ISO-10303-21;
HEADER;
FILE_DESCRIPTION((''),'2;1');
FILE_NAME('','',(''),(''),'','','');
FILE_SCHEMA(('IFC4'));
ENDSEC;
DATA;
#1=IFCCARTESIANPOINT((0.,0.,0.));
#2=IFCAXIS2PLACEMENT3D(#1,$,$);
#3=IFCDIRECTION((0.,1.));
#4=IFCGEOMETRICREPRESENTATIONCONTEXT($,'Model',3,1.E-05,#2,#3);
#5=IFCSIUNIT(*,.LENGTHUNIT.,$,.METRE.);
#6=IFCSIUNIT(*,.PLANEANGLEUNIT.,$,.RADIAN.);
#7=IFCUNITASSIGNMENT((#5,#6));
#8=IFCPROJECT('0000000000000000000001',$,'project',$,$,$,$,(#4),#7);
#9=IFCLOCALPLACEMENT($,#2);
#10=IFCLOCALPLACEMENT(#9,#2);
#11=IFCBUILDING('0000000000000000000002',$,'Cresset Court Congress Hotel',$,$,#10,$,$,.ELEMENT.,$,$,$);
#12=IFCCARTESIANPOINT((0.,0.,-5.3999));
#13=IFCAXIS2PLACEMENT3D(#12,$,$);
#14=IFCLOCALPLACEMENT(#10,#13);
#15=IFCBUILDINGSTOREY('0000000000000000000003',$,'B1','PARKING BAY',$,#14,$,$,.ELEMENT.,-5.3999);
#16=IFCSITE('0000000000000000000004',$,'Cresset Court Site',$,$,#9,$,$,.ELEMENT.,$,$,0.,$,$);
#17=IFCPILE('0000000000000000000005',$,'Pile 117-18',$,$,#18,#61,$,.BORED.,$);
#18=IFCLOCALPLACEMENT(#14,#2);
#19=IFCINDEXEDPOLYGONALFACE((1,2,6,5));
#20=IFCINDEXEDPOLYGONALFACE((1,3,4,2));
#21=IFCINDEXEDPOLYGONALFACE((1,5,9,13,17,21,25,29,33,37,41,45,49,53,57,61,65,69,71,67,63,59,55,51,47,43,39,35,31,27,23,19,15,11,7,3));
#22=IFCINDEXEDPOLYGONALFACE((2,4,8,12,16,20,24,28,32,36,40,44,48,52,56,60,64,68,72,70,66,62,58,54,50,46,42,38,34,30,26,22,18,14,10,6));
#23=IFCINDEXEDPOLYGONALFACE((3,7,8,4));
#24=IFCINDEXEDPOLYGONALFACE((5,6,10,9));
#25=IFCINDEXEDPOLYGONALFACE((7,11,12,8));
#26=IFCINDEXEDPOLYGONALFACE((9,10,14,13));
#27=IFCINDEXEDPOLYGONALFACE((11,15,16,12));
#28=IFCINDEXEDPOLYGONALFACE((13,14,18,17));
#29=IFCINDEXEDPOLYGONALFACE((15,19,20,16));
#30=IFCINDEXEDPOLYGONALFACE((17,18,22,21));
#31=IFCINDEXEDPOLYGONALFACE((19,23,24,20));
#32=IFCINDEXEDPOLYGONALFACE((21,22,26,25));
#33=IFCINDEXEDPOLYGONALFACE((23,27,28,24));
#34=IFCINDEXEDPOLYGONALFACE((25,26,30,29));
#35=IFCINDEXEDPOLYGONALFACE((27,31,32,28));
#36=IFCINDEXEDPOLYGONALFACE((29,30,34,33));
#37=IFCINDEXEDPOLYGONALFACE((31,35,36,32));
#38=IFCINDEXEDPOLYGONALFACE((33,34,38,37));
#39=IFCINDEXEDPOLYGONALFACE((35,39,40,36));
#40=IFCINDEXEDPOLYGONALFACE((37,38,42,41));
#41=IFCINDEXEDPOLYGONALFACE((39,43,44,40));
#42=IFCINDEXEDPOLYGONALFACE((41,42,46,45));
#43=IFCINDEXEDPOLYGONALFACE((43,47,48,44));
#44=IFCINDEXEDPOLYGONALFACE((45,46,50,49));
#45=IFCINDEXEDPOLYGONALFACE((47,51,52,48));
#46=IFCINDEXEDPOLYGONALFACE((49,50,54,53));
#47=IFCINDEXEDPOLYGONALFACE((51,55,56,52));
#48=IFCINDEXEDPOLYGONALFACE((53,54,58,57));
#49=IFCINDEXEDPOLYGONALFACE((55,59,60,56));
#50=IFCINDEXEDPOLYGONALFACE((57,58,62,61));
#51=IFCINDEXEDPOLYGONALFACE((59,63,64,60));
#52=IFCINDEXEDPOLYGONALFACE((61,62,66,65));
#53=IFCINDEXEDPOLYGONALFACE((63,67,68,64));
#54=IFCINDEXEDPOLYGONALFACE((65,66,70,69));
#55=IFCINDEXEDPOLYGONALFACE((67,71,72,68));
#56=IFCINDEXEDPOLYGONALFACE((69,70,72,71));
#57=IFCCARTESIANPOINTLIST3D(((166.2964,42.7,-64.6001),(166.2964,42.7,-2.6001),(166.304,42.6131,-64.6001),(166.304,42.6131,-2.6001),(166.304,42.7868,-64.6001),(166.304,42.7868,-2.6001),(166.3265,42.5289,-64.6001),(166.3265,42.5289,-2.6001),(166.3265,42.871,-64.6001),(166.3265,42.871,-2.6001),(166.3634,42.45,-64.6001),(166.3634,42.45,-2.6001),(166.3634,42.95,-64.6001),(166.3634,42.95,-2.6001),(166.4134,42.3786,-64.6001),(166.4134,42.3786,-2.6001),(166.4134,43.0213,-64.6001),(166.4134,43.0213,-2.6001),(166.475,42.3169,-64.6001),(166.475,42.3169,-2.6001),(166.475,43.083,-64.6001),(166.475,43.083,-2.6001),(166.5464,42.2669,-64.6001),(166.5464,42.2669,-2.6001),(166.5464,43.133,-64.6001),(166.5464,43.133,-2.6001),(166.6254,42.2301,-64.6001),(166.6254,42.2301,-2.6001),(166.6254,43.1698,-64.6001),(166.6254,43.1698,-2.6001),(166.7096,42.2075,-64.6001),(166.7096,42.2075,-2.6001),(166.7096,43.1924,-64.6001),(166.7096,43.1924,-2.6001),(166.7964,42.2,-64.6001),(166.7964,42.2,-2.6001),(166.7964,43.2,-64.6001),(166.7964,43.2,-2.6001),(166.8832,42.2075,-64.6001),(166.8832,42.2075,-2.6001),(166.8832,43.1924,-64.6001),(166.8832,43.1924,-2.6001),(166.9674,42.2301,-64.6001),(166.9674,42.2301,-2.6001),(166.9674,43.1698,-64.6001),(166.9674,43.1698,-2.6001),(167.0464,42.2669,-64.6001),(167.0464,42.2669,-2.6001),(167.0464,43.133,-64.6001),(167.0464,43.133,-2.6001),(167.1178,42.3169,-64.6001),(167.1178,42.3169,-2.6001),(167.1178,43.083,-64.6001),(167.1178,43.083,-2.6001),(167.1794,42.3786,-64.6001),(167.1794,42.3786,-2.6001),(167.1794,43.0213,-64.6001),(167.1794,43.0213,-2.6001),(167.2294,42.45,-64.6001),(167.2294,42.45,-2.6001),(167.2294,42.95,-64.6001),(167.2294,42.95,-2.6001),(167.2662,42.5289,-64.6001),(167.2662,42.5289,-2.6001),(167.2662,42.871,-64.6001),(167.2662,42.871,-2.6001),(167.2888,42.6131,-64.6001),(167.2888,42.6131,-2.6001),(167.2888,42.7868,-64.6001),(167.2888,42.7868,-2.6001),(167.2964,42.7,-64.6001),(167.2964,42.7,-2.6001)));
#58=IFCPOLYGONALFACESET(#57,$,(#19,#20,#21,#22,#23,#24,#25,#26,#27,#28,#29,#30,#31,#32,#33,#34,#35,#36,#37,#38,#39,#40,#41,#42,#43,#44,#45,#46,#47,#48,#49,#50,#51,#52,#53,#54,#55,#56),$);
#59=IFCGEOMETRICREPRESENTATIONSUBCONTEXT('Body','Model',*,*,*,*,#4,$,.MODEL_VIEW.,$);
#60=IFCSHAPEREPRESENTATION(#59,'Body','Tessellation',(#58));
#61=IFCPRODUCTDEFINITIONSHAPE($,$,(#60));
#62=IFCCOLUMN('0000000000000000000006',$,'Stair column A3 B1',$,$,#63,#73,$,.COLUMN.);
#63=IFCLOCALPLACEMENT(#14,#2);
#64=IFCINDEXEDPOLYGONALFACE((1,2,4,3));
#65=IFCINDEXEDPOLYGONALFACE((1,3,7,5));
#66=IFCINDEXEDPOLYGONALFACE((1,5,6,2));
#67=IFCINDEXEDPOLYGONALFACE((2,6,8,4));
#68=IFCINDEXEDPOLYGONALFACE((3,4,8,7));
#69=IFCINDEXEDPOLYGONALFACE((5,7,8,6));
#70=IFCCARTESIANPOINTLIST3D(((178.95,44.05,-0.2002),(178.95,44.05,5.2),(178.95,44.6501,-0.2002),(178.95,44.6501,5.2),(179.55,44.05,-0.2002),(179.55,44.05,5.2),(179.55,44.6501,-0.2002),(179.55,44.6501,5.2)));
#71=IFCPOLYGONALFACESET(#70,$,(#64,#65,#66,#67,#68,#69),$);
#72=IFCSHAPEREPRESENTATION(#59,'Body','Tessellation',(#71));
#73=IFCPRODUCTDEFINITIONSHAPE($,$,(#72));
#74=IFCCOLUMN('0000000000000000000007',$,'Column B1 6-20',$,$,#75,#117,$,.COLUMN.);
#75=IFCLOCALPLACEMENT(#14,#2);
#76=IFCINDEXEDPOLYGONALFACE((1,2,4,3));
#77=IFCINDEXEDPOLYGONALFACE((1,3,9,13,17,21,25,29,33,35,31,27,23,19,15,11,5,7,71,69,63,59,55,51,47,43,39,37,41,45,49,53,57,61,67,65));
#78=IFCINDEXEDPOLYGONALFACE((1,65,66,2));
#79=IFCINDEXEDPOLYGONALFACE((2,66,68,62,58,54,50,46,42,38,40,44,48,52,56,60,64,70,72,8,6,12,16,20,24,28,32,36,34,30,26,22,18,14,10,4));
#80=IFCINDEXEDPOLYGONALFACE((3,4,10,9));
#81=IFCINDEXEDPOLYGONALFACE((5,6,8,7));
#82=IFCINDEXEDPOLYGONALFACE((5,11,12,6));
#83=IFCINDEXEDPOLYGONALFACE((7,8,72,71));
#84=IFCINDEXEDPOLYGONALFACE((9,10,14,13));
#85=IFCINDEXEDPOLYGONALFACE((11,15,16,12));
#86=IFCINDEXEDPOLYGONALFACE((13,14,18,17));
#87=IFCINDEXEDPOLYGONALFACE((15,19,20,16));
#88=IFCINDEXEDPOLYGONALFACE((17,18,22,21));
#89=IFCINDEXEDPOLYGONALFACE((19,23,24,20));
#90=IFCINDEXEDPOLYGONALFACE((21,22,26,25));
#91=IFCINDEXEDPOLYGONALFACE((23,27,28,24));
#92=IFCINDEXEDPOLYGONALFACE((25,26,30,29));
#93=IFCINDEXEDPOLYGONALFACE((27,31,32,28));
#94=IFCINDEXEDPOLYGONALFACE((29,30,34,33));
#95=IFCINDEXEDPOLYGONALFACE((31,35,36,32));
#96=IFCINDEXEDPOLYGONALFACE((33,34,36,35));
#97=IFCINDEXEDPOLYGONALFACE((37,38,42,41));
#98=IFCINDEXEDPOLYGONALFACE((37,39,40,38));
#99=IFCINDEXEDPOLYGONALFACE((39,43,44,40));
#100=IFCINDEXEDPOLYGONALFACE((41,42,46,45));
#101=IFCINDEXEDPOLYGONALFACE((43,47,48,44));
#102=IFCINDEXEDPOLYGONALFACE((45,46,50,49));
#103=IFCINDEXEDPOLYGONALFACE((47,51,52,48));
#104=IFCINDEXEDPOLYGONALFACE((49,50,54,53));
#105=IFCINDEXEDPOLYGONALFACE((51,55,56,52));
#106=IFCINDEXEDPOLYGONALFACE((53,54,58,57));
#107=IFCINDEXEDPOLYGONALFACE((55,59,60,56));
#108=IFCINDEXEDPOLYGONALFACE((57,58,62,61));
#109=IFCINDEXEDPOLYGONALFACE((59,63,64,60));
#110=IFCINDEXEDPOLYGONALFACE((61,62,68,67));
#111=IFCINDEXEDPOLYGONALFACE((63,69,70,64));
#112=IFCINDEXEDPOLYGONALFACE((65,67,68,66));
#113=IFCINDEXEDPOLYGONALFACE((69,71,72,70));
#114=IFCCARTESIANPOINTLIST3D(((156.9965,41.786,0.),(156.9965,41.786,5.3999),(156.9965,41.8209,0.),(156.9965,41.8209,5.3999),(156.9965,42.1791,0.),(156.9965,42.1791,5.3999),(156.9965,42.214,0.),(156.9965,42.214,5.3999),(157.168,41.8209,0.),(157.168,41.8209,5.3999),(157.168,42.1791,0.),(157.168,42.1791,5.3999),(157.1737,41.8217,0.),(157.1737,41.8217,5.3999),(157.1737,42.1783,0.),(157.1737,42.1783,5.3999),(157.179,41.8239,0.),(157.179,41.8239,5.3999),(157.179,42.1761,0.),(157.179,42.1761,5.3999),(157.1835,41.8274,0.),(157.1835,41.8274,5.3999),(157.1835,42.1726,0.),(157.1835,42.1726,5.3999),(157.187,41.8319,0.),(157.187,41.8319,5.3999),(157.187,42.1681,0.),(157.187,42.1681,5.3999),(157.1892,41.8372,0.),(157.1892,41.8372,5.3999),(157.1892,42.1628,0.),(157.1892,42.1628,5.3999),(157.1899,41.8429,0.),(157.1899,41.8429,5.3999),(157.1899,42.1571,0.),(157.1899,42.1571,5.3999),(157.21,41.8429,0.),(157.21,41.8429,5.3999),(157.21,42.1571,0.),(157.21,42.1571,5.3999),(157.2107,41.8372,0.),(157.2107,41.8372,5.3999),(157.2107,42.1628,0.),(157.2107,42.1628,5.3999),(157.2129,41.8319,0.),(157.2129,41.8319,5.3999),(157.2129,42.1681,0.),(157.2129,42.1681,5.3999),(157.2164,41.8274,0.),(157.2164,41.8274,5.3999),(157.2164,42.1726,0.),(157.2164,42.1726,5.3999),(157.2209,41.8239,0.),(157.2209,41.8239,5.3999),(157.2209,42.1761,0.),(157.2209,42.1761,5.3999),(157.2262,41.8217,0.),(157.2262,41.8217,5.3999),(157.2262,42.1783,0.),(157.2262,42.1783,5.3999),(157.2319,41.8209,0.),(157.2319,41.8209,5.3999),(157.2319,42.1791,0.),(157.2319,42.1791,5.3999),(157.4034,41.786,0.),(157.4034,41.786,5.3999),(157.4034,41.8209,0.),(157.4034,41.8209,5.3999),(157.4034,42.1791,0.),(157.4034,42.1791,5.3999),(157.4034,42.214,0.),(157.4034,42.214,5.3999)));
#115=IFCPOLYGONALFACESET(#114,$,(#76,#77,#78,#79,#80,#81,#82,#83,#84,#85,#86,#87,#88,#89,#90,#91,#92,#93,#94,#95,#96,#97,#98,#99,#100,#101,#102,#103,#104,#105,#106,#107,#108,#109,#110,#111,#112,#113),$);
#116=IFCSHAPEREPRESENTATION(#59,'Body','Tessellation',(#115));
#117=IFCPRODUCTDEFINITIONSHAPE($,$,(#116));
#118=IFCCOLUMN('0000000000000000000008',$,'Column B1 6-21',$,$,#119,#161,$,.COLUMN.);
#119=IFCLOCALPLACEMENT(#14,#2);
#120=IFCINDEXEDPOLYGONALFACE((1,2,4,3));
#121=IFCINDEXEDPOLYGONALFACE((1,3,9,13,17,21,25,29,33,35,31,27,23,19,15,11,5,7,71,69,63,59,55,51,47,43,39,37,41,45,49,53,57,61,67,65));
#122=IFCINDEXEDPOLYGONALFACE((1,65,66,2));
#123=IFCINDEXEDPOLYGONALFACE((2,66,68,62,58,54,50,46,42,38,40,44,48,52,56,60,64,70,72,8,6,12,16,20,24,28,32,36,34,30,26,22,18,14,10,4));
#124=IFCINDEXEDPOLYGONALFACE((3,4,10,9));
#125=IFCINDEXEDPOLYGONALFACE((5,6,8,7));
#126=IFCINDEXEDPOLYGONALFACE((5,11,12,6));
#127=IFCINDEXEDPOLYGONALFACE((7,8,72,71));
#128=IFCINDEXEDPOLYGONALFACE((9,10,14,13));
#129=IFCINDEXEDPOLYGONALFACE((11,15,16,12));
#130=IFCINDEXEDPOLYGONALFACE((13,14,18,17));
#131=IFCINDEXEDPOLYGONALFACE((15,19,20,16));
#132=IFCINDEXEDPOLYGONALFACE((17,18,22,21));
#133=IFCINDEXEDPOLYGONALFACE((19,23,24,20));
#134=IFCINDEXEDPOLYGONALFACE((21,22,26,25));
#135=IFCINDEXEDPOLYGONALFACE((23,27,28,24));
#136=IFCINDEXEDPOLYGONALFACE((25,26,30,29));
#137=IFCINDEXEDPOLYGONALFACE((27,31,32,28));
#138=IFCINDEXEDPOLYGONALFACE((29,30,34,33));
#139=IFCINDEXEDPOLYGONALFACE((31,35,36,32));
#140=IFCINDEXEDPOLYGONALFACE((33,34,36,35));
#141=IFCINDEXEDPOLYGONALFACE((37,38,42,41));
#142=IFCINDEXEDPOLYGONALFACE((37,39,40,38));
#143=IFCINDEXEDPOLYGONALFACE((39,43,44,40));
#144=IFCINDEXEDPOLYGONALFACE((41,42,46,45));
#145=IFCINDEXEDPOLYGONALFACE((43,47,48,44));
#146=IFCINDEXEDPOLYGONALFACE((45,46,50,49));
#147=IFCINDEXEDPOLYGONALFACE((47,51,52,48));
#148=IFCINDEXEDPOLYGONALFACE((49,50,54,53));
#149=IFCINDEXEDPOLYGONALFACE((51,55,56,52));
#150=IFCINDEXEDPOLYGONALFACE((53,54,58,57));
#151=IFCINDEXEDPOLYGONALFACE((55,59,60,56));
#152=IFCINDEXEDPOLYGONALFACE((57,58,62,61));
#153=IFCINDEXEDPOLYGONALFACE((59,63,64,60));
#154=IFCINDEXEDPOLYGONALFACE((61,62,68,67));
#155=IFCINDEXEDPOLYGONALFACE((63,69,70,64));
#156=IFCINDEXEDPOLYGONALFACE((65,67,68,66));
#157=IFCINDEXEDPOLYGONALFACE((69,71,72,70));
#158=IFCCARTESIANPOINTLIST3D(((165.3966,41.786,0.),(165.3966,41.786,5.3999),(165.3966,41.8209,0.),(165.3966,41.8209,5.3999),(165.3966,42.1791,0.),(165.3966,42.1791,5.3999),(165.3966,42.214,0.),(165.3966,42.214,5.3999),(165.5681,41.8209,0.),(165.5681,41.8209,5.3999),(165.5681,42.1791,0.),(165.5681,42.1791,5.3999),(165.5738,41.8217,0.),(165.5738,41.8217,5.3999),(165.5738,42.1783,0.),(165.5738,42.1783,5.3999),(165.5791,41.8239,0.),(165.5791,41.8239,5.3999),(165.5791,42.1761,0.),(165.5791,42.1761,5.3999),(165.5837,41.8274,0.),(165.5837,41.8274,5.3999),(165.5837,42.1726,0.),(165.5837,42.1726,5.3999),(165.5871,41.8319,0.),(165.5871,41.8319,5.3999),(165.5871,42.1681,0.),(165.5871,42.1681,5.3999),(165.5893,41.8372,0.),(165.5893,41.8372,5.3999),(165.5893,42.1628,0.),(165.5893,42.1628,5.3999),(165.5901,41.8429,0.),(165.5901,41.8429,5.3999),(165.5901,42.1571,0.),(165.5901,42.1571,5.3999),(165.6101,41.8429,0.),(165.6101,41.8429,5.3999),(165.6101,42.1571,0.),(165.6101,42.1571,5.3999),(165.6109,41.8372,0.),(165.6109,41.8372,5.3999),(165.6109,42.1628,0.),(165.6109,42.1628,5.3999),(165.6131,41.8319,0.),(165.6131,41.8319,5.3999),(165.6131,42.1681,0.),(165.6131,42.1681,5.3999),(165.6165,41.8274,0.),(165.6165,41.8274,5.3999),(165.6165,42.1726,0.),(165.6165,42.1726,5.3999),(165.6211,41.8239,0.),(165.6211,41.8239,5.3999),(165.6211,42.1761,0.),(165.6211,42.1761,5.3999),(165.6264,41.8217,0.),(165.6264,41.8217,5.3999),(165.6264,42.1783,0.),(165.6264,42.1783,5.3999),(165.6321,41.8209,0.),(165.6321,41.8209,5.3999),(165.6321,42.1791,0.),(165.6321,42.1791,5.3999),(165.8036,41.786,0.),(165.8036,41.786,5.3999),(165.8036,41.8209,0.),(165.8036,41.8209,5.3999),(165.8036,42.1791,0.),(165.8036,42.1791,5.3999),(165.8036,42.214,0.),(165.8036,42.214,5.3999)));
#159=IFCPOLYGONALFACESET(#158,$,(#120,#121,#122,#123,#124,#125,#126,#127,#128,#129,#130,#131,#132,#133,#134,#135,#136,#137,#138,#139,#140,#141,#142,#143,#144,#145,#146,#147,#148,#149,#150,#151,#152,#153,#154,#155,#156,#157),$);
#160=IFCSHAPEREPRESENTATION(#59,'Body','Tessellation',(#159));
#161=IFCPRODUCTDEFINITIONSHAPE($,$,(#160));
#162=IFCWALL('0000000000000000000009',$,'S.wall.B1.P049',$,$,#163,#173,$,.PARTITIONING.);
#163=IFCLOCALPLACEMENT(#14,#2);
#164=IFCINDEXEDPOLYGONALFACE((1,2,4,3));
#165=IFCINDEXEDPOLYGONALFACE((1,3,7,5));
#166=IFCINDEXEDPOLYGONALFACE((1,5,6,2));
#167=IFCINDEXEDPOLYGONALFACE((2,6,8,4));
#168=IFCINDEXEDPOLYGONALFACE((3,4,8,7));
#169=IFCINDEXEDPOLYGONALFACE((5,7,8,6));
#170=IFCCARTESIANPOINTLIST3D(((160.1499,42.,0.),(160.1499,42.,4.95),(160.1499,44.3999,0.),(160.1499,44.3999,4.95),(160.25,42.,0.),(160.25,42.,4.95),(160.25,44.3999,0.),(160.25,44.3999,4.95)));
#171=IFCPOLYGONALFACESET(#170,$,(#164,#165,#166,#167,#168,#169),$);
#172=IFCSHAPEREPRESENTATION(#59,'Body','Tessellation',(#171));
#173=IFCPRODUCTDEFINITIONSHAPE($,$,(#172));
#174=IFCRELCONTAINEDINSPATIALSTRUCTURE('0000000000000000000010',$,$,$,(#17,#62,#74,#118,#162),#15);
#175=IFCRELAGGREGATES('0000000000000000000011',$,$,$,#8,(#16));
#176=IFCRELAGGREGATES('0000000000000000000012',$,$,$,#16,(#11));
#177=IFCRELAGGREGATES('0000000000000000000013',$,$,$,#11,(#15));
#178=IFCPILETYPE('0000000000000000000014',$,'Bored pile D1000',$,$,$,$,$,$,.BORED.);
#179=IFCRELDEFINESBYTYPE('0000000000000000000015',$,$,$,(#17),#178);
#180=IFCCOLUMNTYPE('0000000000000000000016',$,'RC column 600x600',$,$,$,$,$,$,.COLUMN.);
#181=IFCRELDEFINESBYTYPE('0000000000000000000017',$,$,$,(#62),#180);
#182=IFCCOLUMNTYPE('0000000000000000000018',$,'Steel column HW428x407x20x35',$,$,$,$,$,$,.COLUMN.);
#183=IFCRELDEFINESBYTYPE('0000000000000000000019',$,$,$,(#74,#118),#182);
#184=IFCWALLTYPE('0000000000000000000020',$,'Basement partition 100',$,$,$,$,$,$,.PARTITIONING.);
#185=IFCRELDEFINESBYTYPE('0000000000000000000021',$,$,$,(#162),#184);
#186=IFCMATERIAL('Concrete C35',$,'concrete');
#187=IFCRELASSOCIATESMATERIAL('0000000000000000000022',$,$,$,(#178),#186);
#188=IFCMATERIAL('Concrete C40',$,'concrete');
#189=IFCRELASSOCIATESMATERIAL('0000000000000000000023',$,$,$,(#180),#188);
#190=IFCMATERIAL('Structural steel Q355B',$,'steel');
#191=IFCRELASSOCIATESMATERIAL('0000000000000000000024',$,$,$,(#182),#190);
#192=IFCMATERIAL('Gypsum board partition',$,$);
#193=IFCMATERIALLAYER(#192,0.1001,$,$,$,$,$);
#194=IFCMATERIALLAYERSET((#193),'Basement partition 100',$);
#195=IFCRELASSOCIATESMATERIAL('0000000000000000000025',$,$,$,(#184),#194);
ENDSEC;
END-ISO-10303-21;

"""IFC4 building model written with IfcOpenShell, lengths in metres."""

from ifc_helpers import new_model, si_unit, direction, frame, frame_2d, origin, origin_2d, place, context, subcontext, project, spatial, rectangle, circle, i_section, extrude, material, layer, layer_set, material_profile, profile_set, type_object, element, save


model = new_model("IFC4")

# Units and contexts
model_context = context("Model", 3, precision=1e-05, world=origin(), true_north=direction((0.0, 1.0)))
body_context = subcontext(model_context, "Body", "Model", "MODEL_VIEW")
ifc_project = project(units=[si_unit("LENGTHUNIT", "METRE"), si_unit("PLANEANGLEUNIT", "RADIAN")], contexts=[model_context])

# Site, building, storey
site_placement = place(None, origin())
site = spatial("IfcSite", under=ifc_project, at=site_placement, Name="Cresset Court Site", CompositionType="ELEMENT", RefElevation=0.0)
building_placement = place(site_placement, origin())
building = spatial("IfcBuilding", under=site, at=building_placement, Name="Cresset Court Congress Hotel", CompositionType="ELEMENT")
storey_placement = place(building_placement, frame((0.0, 0.0, -5.3999)))
storey = spatial("IfcBuildingStorey", under=building, at=storey_placement, Name="B1", Description="PARKING BAY", CompositionType="ELEMENT", Elevation=-5.3999)

# Pile
ifc_material_1 = material(Name="Concrete C35", Category="concrete")
pile_type = type_object("IfcPileType", Name="Bored pile D1000", PredefinedType="BORED", material=ifc_material_1)
for number, where, z_axis, x_axis, name in (
    (1, (166.7964, 42.7, -2.6001), (0.0, 0.0, -1.0), (1.0, 0.0, 0.0), "Pile 117-18"),
):
    element("IfcPile", number, at=place(storey_placement, frame(where, z_axis=z_axis, x_axis=x_axis)), inside=storey, type_object=pile_type, Name=name, PredefinedType="BORED", context=body_context, shape_type="SweptSolid", body=[
        extrude(circle(Radius=0.5, at=origin_2d()), origin(), (0.0, 0.0, 1.0), 62.0),
    ])

# Columns
ifc_material_2 = material(Name="Concrete C40", Category="concrete")
ifc_material_profile_1 = material_profile(ifc_material_2, rectangle(XDim=0.6001, YDim=0.6001, at=origin_2d()), Name="RC600x600")
ifc_profile_set_1 = profile_set([ifc_material_profile_1], Name="Concrete C40")
column_type_1 = type_object("IfcColumnType", Name="RC column 600x600", PredefinedType="COLUMN", material=ifc_profile_set_1)
column_placement = place(storey_placement, frame((179.25, 44.3501, -0.2002), z_axis=(0.0, 0.0, 1.0), x_axis=(1.0, 0.0, 0.0)))
element("IfcColumn", 2, at=column_placement, inside=storey, type_object=column_type_1, Name="Stair column A3 B1", PredefinedType="COLUMN", context=body_context, shape_type="SweptSolid", body=[
    extrude(rectangle(XDim=0.6001, YDim=0.6001, at=origin_2d()), origin(), (0.0, 0.0, 1.0), 5.4001),
])
ifc_material_3 = material(Name="Structural steel Q355B", Category="steel")
ifc_material_profile_2 = material_profile(ifc_material_3, i_section(OverallWidth=0.407, OverallDepth=0.428, WebThickness=0.02, FlangeThickness=0.0349, FilletRadius=0.022, at=origin_2d()), Name="HW428x407x20x35")
ifc_profile_set_2 = profile_set([ifc_material_profile_2], Name="Structural steel Q355B")
column_type_2 = type_object("IfcColumnType", Name="Steel column HW428x407x20x35", PredefinedType="COLUMN", material=ifc_profile_set_2)
for number, where, z_axis, x_axis, name in (
    (3, (157.2, 42.0, 0.0), (0.0, 0.0, 1.0), (1.0, 0.0, 0.0), "Column B1 6-20"),
    (4, (165.6001, 42.0, 0.0), (0.0, 0.0, 1.0), (1.0, 0.0, 0.0), "Column B1 6-21"),
):
    element("IfcColumn", number, at=place(storey_placement, frame(where, z_axis=z_axis, x_axis=x_axis)), inside=storey, type_object=column_type_2, Name=name, PredefinedType="COLUMN", context=body_context, shape_type="SweptSolid", body=[
        extrude(i_section(OverallWidth=0.407, OverallDepth=0.428, WebThickness=0.02, FlangeThickness=0.0349, FilletRadius=0.022, at=origin_2d()), origin(), (0.0, 0.0, 1.0), 5.3999),
    ])

# Wall
ifc_material_4 = material(Name="Gypsum board partition")
ifc_layer_1 = layer(ifc_material_4, 0.1001)
ifc_layer_set_1 = layer_set([ifc_layer_1], Name="Basement partition 100")
wall_type_1 = type_object("IfcWallType", Name="Basement partition 100", PredefinedType="PARTITIONING", material=ifc_layer_set_1)
wall_1_placement = place(storey_placement, frame((160.2, 42.0, 0.0), z_axis=(0.0, 0.0, 1.0), x_axis=(0.0, 1.0, 0.0)))
element("IfcWall", 5, at=wall_1_placement, inside=storey, type_object=wall_type_1, Name="S.wall.B1.P049", PredefinedType="PARTITIONING", context=body_context, shape_type="SweptSolid", body=[
    extrude(rectangle(XDim=2.3999, YDim=0.1001, at=frame_2d((1.2, 0.0))), origin(), (0.0, 0.0, 1.0), 4.95),
])

save(model, "model.ifc")
